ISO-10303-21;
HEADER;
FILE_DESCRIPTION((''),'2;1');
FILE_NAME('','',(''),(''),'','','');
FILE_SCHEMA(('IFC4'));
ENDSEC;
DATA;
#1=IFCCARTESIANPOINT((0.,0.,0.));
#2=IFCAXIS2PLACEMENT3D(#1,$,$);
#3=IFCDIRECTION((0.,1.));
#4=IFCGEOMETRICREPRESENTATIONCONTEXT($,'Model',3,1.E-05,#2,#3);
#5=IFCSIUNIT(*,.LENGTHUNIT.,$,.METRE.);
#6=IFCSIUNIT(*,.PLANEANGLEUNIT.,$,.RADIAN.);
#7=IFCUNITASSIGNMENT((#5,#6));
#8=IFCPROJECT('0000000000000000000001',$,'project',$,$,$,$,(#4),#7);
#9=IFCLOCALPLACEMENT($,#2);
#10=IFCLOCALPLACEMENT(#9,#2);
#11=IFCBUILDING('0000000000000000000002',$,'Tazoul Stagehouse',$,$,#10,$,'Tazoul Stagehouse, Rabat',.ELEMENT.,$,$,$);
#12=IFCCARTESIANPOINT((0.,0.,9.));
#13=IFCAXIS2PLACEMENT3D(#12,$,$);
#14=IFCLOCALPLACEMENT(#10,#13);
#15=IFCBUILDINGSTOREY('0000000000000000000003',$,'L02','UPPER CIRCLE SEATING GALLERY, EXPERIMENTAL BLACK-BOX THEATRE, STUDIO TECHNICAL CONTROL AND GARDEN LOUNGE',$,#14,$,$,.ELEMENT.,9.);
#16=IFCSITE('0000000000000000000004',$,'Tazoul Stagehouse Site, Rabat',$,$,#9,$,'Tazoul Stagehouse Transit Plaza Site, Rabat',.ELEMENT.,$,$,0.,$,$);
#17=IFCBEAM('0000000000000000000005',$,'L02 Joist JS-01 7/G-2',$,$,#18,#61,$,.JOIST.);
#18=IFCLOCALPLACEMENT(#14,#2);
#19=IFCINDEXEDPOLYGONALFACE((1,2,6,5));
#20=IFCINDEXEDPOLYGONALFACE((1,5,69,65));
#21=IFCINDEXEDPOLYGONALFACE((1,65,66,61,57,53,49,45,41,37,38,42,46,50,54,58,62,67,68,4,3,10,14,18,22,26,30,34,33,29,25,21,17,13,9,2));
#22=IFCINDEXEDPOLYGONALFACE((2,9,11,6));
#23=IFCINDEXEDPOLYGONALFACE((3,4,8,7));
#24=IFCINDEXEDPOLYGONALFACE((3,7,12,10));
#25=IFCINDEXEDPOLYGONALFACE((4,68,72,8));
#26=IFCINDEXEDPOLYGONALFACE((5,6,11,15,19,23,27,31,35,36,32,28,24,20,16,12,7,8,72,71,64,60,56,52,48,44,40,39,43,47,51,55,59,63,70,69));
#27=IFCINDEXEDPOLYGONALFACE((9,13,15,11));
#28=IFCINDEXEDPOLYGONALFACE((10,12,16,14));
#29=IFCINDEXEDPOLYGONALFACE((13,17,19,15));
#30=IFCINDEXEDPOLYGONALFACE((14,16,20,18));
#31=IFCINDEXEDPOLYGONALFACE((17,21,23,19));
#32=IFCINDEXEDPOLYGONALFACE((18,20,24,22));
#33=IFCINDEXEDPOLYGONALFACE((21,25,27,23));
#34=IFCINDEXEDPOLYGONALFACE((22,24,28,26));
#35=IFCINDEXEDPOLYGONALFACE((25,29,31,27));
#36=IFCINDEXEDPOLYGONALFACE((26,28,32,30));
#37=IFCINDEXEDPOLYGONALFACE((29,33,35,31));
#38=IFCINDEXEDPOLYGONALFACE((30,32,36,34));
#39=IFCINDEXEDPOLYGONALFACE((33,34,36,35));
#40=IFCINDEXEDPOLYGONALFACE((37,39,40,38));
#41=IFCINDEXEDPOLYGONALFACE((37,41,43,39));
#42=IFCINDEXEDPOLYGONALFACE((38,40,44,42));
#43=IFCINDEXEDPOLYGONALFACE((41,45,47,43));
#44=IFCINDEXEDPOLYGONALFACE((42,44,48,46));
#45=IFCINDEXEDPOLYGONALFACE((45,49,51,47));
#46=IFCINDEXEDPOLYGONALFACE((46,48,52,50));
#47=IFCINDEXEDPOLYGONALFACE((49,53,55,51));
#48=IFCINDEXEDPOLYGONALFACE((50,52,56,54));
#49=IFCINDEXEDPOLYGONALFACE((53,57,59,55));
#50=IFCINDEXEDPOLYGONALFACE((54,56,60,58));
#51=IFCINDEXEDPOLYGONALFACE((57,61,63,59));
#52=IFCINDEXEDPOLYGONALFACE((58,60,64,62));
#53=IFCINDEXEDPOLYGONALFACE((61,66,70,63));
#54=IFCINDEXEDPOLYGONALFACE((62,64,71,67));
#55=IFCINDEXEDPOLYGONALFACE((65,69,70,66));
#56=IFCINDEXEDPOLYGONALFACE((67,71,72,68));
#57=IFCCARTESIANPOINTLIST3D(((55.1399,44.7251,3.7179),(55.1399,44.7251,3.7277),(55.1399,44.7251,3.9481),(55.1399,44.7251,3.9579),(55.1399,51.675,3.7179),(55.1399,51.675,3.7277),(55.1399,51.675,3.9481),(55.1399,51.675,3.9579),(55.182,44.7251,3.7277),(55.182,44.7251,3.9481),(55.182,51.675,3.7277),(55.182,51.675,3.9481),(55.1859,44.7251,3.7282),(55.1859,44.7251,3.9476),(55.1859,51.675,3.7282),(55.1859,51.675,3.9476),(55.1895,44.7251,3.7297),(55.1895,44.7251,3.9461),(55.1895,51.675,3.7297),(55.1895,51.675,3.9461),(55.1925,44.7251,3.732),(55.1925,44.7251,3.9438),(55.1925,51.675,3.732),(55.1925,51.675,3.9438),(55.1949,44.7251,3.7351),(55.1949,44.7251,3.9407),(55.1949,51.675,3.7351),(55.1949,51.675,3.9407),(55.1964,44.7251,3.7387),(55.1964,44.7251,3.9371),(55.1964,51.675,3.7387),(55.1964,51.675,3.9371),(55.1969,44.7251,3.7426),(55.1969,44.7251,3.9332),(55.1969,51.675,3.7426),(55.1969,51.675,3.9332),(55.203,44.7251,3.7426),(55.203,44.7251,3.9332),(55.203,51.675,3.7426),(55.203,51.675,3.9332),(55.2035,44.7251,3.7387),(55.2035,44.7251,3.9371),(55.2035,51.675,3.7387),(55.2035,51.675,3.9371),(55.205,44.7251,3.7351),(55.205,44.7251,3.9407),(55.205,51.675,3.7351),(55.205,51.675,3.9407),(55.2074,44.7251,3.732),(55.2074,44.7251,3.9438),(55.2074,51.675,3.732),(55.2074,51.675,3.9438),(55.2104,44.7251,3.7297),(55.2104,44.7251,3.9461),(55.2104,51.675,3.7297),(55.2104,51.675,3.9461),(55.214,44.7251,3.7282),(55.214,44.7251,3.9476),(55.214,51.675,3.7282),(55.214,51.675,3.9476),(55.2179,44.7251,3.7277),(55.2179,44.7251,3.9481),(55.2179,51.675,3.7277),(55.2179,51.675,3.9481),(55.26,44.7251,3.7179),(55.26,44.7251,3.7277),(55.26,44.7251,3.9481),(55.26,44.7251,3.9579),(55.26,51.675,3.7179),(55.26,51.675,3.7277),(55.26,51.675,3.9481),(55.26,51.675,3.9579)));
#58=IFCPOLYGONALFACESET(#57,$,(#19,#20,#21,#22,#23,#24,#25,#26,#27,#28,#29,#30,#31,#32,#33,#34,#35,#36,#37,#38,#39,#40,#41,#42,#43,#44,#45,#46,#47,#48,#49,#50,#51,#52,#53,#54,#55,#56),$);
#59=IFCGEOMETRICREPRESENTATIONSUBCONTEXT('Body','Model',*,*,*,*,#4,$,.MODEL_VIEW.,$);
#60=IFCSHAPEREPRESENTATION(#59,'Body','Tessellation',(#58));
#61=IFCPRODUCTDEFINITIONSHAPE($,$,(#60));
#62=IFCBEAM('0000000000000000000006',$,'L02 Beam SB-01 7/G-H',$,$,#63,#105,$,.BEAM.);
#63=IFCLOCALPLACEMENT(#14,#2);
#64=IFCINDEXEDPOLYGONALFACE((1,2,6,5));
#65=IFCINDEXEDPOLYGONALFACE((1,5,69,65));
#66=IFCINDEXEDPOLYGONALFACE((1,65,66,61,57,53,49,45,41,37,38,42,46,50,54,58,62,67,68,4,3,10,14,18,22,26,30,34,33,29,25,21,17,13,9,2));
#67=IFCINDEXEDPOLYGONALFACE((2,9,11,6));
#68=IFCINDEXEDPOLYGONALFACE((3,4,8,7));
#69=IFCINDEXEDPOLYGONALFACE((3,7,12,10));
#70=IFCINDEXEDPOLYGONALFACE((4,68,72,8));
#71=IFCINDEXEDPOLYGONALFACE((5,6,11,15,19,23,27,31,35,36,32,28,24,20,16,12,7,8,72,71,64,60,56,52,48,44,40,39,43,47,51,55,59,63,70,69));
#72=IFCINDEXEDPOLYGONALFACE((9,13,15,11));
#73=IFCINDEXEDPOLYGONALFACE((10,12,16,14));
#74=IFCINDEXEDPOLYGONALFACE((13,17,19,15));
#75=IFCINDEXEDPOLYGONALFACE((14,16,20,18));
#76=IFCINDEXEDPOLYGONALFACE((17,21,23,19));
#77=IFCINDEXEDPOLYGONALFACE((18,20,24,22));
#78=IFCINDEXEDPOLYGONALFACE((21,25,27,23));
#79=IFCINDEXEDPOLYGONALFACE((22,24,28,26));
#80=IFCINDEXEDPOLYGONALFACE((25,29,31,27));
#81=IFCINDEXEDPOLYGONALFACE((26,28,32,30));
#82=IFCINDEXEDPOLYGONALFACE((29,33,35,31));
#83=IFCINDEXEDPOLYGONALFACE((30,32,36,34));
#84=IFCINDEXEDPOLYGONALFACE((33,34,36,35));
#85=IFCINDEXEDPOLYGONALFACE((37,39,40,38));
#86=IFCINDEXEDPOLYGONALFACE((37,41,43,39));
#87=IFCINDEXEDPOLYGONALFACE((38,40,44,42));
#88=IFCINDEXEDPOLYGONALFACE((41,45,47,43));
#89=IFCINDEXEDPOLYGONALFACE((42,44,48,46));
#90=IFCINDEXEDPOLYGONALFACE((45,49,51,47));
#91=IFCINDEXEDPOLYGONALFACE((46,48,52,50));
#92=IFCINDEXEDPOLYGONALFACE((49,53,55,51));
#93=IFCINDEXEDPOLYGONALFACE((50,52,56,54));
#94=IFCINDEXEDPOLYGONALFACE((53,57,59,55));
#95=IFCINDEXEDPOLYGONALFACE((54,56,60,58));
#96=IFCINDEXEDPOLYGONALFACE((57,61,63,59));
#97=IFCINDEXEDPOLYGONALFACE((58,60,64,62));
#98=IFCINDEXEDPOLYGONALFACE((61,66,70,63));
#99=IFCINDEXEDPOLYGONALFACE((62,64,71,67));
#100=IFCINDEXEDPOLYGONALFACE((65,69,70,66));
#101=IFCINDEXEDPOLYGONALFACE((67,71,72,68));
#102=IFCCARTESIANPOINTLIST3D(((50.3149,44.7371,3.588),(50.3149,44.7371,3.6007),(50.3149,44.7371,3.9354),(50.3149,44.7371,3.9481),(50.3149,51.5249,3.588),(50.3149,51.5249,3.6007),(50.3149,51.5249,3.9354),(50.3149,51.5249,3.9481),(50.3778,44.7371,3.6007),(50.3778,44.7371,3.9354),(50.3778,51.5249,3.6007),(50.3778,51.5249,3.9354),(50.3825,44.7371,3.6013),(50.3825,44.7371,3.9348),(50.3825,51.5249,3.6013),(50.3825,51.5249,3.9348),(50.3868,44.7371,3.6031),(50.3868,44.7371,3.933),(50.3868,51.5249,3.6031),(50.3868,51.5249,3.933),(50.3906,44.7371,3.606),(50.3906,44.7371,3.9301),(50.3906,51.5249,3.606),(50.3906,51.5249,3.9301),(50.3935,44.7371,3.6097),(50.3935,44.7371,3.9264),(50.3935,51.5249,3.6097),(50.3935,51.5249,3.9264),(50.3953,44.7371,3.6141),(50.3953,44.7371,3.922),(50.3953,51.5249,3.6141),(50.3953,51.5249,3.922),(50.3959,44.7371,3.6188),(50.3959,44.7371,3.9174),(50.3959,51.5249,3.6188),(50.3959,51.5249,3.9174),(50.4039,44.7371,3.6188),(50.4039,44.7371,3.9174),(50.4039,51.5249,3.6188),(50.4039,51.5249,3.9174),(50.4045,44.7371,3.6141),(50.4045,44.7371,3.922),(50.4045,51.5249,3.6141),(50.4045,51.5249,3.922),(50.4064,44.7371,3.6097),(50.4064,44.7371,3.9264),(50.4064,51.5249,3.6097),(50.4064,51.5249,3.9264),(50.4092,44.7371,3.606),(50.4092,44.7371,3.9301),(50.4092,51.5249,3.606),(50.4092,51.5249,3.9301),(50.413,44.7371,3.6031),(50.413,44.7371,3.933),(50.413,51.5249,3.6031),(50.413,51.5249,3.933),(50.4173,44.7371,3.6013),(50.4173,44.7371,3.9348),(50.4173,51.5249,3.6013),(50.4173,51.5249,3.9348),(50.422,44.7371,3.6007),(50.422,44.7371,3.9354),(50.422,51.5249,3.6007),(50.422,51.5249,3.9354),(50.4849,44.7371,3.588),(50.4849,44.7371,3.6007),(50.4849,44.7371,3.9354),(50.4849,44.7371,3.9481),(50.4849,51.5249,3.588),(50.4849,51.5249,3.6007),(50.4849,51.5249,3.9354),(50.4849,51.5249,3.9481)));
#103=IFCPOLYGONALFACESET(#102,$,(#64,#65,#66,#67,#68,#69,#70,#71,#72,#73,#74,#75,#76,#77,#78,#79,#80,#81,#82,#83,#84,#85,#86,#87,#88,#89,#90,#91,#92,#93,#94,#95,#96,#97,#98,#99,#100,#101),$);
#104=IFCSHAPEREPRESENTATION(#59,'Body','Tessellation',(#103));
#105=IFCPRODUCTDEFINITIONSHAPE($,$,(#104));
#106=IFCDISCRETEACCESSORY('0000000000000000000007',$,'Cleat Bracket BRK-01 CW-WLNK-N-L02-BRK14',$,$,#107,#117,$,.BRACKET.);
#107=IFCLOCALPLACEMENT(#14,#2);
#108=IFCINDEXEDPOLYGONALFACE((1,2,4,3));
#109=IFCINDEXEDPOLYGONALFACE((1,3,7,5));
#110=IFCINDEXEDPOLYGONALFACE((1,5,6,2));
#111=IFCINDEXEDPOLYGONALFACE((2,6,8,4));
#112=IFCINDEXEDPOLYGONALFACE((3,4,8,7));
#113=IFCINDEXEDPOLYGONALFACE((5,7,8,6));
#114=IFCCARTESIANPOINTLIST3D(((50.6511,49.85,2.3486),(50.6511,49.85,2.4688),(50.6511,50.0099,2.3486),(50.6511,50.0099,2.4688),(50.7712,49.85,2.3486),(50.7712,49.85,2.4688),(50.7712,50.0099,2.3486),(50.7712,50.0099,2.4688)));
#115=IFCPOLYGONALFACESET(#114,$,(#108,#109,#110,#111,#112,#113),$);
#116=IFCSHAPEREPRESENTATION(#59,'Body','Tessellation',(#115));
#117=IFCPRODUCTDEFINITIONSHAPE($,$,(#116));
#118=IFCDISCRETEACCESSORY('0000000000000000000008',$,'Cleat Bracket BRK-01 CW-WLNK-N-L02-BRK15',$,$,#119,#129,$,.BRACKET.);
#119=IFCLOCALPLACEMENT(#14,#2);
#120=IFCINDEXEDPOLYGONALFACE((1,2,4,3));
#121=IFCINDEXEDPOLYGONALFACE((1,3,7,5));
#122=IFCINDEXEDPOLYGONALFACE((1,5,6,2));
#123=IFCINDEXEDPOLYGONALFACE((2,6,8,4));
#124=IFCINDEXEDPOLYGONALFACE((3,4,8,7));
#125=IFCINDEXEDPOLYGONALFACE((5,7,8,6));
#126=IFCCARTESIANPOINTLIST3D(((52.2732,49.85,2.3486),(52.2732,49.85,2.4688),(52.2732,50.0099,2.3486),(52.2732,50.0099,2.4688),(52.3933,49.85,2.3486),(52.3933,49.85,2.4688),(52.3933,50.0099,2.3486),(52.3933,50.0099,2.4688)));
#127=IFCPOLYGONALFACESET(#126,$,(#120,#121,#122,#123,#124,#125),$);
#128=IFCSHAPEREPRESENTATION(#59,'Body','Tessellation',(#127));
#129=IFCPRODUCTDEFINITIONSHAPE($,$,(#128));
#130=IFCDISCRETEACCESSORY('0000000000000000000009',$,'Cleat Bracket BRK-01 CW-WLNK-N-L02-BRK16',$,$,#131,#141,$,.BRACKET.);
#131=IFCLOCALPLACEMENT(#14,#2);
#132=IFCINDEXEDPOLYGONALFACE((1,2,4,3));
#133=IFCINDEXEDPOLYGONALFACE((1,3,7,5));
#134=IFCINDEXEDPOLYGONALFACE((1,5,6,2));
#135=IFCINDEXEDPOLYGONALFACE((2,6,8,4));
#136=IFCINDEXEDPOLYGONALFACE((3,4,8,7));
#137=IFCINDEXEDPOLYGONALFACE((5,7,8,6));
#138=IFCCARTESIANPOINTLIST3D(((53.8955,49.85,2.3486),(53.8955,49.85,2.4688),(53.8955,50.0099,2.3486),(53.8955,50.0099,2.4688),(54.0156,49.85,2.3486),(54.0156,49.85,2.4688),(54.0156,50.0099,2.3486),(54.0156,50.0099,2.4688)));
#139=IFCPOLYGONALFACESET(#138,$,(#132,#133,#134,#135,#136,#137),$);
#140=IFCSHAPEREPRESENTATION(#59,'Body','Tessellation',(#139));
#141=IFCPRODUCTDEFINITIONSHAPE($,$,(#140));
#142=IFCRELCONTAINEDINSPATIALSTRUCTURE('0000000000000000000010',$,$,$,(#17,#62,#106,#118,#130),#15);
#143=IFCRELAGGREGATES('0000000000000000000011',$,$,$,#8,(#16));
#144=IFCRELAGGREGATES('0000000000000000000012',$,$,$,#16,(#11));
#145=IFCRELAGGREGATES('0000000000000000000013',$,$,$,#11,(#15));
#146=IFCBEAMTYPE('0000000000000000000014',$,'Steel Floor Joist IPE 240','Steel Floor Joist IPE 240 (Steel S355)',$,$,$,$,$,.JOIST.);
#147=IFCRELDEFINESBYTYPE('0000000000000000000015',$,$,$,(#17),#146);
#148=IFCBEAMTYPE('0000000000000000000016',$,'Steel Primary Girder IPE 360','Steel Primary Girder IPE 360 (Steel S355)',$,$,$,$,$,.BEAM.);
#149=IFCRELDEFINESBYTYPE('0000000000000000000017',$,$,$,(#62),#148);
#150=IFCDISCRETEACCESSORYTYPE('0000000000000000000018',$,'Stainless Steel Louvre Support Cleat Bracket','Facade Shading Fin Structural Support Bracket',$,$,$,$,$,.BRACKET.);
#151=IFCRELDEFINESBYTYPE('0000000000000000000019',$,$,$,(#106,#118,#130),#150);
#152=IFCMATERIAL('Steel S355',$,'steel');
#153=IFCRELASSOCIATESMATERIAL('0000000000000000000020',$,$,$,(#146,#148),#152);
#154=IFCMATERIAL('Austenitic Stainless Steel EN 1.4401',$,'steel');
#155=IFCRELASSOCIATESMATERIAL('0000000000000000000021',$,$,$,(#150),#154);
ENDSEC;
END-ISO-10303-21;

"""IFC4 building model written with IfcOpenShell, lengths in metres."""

from ifc_helpers import new_model, si_unit, direction, frame, origin, origin_2d, place, context, subcontext, project, spatial, rectangle, i_section, extrude, material, material_profile, profile_set, type_object, element, save


model = new_model("IFC4")

# Units and contexts
model_context = context("Model", 3, precision=1e-05, world=origin(), true_north=direction((0.0, 1.0)))
body_context = subcontext(model_context, "Body", "Model", "MODEL_VIEW")
ifc_project = project(units=[si_unit("LENGTHUNIT", "METRE"), si_unit("PLANEANGLEUNIT", "RADIAN")], contexts=[model_context])

# Site, building, storey
site_placement = place(None, origin())
building_placement = place(site_placement, origin())
storey_placement = place(building_placement, frame((0.0, 0.0, 9.0)))
site = spatial("IfcSite", under=ifc_project, at=site_placement, Name="Tazoul Stagehouse Site, Rabat", LongName="Tazoul Stagehouse Transit Plaza Site, Rabat", CompositionType="ELEMENT", RefElevation=0.0)
building = spatial("IfcBuilding", under=site, at=building_placement, Name="Tazoul Stagehouse", LongName="Tazoul Stagehouse, Rabat", CompositionType="ELEMENT")
storey = spatial("IfcBuildingStorey", under=building, at=storey_placement, Name="L02", Description="UPPER CIRCLE SEATING GALLERY, EXPERIMENTAL BLACK-BOX THEATRE, STUDIO TECHNICAL CONTROL AND GARDEN LOUNGE", CompositionType="ELEMENT", Elevation=9.0)

# Beams
ifc_material_1 = material(Name="Steel S355", Category="steel")
ifc_material_profile_1 = material_profile(ifc_material_1, i_section(OverallWidth=0.1201, OverallDepth=0.24, WebThickness=0.0061, FlangeThickness=0.0098, FilletRadius=0.0149, at=origin_2d()), Name="IPE 240")
ifc_profile_set_1 = profile_set([ifc_material_profile_1], Name="Steel S355")
beam_type_1 = type_object("IfcBeamType", Name="Steel Floor Joist IPE 240", Description="Steel Floor Joist IPE 240 (Steel S355)", PredefinedType="JOIST", material=ifc_profile_set_1)
beam_1_placement = place(storey_placement, frame((55.2, 44.7251, 3.8379), z_axis=(0.0, 1.0, 0.0), x_axis=(-1.0, 0.0, 0.0)))
element("IfcBeam", 1, at=beam_1_placement, inside=storey, type_object=beam_type_1, Name="L02 Joist JS-01 7/G-2", PredefinedType="JOIST", context=body_context, shape_type="SweptSolid", body=[
    extrude(i_section(OverallWidth=0.1201, OverallDepth=0.24, WebThickness=0.0061, FlangeThickness=0.0098, FilletRadius=0.0149, at=origin_2d()), origin(), (0.0, 0.0, 1.0), 6.95),
])
ifc_material_profile_2 = material_profile(ifc_material_1, i_section(OverallWidth=0.1699, OverallDepth=0.3601, WebThickness=0.0081, FlangeThickness=0.0127, FilletRadius=0.0181, at=origin_2d()), Name="IPE 360")
ifc_profile_set_2 = profile_set([ifc_material_profile_2], Name="Steel S355")
beam_type_2 = type_object("IfcBeamType", Name="Steel Primary Girder IPE 360", Description="Steel Primary Girder IPE 360 (Steel S355)", PredefinedType="BEAM", material=ifc_profile_set_2)
beam_2_placement = place(storey_placement, frame((50.3999, 44.7371, 3.7681), z_axis=(0.0, 1.0, 0.0), x_axis=(-1.0, 0.0, 0.0)))
element("IfcBeam", 2, at=beam_2_placement, inside=storey, type_object=beam_type_2, Name="L02 Beam SB-01 7/G-H", PredefinedType="BEAM", context=body_context, shape_type="SweptSolid", body=[
    extrude(i_section(OverallWidth=0.1699, OverallDepth=0.3601, WebThickness=0.0081, FlangeThickness=0.0127, FilletRadius=0.0181, at=origin_2d()), origin(), (0.0, 0.0, 1.0), 6.7878),
])

# Discrete accessories
ifc_material_2 = material(Name="Austenitic Stainless Steel EN 1.4401", Category="steel")
discrete_accessory_type = type_object("IfcDiscreteAccessoryType", Name="Stainless Steel Louvre Support Cleat Bracket", Description="Facade Shading Fin Structural Support Bracket", PredefinedType="BRACKET", material=ifc_material_2)
for number, where, z_axis, x_axis, name in (
    (3, (50.7112, 49.9299, 2.3486), (0.0, 0.0, 1.0), (1.0, 0.0, 0.0), "Cleat Bracket BRK-01 CW-WLNK-N-L02-BRK14"),
    (4, (52.3333, 49.9299, 2.3486), (0.0, 0.0, 1.0), (1.0, 0.0, 0.0), "Cleat Bracket BRK-01 CW-WLNK-N-L02-BRK15"),
    (5, (53.9556, 49.9299, 2.3486), (0.0, 0.0, 1.0), (1.0, 0.0, 0.0), "Cleat Bracket BRK-01 CW-WLNK-N-L02-BRK16"),
):
    element("IfcDiscreteAccessory", number, at=place(storey_placement, frame(where, z_axis=z_axis, x_axis=x_axis)), inside=storey, type_object=discrete_accessory_type, Name=name, PredefinedType="BRACKET", context=body_context, shape_type="SweptSolid", body=[
        extrude(rectangle(XDim=0.1201, YDim=0.1599, at=origin_2d()), origin(), (0.0, 0.0, 1.0), 0.1201),
    ])

save(model, "model.ifc")
